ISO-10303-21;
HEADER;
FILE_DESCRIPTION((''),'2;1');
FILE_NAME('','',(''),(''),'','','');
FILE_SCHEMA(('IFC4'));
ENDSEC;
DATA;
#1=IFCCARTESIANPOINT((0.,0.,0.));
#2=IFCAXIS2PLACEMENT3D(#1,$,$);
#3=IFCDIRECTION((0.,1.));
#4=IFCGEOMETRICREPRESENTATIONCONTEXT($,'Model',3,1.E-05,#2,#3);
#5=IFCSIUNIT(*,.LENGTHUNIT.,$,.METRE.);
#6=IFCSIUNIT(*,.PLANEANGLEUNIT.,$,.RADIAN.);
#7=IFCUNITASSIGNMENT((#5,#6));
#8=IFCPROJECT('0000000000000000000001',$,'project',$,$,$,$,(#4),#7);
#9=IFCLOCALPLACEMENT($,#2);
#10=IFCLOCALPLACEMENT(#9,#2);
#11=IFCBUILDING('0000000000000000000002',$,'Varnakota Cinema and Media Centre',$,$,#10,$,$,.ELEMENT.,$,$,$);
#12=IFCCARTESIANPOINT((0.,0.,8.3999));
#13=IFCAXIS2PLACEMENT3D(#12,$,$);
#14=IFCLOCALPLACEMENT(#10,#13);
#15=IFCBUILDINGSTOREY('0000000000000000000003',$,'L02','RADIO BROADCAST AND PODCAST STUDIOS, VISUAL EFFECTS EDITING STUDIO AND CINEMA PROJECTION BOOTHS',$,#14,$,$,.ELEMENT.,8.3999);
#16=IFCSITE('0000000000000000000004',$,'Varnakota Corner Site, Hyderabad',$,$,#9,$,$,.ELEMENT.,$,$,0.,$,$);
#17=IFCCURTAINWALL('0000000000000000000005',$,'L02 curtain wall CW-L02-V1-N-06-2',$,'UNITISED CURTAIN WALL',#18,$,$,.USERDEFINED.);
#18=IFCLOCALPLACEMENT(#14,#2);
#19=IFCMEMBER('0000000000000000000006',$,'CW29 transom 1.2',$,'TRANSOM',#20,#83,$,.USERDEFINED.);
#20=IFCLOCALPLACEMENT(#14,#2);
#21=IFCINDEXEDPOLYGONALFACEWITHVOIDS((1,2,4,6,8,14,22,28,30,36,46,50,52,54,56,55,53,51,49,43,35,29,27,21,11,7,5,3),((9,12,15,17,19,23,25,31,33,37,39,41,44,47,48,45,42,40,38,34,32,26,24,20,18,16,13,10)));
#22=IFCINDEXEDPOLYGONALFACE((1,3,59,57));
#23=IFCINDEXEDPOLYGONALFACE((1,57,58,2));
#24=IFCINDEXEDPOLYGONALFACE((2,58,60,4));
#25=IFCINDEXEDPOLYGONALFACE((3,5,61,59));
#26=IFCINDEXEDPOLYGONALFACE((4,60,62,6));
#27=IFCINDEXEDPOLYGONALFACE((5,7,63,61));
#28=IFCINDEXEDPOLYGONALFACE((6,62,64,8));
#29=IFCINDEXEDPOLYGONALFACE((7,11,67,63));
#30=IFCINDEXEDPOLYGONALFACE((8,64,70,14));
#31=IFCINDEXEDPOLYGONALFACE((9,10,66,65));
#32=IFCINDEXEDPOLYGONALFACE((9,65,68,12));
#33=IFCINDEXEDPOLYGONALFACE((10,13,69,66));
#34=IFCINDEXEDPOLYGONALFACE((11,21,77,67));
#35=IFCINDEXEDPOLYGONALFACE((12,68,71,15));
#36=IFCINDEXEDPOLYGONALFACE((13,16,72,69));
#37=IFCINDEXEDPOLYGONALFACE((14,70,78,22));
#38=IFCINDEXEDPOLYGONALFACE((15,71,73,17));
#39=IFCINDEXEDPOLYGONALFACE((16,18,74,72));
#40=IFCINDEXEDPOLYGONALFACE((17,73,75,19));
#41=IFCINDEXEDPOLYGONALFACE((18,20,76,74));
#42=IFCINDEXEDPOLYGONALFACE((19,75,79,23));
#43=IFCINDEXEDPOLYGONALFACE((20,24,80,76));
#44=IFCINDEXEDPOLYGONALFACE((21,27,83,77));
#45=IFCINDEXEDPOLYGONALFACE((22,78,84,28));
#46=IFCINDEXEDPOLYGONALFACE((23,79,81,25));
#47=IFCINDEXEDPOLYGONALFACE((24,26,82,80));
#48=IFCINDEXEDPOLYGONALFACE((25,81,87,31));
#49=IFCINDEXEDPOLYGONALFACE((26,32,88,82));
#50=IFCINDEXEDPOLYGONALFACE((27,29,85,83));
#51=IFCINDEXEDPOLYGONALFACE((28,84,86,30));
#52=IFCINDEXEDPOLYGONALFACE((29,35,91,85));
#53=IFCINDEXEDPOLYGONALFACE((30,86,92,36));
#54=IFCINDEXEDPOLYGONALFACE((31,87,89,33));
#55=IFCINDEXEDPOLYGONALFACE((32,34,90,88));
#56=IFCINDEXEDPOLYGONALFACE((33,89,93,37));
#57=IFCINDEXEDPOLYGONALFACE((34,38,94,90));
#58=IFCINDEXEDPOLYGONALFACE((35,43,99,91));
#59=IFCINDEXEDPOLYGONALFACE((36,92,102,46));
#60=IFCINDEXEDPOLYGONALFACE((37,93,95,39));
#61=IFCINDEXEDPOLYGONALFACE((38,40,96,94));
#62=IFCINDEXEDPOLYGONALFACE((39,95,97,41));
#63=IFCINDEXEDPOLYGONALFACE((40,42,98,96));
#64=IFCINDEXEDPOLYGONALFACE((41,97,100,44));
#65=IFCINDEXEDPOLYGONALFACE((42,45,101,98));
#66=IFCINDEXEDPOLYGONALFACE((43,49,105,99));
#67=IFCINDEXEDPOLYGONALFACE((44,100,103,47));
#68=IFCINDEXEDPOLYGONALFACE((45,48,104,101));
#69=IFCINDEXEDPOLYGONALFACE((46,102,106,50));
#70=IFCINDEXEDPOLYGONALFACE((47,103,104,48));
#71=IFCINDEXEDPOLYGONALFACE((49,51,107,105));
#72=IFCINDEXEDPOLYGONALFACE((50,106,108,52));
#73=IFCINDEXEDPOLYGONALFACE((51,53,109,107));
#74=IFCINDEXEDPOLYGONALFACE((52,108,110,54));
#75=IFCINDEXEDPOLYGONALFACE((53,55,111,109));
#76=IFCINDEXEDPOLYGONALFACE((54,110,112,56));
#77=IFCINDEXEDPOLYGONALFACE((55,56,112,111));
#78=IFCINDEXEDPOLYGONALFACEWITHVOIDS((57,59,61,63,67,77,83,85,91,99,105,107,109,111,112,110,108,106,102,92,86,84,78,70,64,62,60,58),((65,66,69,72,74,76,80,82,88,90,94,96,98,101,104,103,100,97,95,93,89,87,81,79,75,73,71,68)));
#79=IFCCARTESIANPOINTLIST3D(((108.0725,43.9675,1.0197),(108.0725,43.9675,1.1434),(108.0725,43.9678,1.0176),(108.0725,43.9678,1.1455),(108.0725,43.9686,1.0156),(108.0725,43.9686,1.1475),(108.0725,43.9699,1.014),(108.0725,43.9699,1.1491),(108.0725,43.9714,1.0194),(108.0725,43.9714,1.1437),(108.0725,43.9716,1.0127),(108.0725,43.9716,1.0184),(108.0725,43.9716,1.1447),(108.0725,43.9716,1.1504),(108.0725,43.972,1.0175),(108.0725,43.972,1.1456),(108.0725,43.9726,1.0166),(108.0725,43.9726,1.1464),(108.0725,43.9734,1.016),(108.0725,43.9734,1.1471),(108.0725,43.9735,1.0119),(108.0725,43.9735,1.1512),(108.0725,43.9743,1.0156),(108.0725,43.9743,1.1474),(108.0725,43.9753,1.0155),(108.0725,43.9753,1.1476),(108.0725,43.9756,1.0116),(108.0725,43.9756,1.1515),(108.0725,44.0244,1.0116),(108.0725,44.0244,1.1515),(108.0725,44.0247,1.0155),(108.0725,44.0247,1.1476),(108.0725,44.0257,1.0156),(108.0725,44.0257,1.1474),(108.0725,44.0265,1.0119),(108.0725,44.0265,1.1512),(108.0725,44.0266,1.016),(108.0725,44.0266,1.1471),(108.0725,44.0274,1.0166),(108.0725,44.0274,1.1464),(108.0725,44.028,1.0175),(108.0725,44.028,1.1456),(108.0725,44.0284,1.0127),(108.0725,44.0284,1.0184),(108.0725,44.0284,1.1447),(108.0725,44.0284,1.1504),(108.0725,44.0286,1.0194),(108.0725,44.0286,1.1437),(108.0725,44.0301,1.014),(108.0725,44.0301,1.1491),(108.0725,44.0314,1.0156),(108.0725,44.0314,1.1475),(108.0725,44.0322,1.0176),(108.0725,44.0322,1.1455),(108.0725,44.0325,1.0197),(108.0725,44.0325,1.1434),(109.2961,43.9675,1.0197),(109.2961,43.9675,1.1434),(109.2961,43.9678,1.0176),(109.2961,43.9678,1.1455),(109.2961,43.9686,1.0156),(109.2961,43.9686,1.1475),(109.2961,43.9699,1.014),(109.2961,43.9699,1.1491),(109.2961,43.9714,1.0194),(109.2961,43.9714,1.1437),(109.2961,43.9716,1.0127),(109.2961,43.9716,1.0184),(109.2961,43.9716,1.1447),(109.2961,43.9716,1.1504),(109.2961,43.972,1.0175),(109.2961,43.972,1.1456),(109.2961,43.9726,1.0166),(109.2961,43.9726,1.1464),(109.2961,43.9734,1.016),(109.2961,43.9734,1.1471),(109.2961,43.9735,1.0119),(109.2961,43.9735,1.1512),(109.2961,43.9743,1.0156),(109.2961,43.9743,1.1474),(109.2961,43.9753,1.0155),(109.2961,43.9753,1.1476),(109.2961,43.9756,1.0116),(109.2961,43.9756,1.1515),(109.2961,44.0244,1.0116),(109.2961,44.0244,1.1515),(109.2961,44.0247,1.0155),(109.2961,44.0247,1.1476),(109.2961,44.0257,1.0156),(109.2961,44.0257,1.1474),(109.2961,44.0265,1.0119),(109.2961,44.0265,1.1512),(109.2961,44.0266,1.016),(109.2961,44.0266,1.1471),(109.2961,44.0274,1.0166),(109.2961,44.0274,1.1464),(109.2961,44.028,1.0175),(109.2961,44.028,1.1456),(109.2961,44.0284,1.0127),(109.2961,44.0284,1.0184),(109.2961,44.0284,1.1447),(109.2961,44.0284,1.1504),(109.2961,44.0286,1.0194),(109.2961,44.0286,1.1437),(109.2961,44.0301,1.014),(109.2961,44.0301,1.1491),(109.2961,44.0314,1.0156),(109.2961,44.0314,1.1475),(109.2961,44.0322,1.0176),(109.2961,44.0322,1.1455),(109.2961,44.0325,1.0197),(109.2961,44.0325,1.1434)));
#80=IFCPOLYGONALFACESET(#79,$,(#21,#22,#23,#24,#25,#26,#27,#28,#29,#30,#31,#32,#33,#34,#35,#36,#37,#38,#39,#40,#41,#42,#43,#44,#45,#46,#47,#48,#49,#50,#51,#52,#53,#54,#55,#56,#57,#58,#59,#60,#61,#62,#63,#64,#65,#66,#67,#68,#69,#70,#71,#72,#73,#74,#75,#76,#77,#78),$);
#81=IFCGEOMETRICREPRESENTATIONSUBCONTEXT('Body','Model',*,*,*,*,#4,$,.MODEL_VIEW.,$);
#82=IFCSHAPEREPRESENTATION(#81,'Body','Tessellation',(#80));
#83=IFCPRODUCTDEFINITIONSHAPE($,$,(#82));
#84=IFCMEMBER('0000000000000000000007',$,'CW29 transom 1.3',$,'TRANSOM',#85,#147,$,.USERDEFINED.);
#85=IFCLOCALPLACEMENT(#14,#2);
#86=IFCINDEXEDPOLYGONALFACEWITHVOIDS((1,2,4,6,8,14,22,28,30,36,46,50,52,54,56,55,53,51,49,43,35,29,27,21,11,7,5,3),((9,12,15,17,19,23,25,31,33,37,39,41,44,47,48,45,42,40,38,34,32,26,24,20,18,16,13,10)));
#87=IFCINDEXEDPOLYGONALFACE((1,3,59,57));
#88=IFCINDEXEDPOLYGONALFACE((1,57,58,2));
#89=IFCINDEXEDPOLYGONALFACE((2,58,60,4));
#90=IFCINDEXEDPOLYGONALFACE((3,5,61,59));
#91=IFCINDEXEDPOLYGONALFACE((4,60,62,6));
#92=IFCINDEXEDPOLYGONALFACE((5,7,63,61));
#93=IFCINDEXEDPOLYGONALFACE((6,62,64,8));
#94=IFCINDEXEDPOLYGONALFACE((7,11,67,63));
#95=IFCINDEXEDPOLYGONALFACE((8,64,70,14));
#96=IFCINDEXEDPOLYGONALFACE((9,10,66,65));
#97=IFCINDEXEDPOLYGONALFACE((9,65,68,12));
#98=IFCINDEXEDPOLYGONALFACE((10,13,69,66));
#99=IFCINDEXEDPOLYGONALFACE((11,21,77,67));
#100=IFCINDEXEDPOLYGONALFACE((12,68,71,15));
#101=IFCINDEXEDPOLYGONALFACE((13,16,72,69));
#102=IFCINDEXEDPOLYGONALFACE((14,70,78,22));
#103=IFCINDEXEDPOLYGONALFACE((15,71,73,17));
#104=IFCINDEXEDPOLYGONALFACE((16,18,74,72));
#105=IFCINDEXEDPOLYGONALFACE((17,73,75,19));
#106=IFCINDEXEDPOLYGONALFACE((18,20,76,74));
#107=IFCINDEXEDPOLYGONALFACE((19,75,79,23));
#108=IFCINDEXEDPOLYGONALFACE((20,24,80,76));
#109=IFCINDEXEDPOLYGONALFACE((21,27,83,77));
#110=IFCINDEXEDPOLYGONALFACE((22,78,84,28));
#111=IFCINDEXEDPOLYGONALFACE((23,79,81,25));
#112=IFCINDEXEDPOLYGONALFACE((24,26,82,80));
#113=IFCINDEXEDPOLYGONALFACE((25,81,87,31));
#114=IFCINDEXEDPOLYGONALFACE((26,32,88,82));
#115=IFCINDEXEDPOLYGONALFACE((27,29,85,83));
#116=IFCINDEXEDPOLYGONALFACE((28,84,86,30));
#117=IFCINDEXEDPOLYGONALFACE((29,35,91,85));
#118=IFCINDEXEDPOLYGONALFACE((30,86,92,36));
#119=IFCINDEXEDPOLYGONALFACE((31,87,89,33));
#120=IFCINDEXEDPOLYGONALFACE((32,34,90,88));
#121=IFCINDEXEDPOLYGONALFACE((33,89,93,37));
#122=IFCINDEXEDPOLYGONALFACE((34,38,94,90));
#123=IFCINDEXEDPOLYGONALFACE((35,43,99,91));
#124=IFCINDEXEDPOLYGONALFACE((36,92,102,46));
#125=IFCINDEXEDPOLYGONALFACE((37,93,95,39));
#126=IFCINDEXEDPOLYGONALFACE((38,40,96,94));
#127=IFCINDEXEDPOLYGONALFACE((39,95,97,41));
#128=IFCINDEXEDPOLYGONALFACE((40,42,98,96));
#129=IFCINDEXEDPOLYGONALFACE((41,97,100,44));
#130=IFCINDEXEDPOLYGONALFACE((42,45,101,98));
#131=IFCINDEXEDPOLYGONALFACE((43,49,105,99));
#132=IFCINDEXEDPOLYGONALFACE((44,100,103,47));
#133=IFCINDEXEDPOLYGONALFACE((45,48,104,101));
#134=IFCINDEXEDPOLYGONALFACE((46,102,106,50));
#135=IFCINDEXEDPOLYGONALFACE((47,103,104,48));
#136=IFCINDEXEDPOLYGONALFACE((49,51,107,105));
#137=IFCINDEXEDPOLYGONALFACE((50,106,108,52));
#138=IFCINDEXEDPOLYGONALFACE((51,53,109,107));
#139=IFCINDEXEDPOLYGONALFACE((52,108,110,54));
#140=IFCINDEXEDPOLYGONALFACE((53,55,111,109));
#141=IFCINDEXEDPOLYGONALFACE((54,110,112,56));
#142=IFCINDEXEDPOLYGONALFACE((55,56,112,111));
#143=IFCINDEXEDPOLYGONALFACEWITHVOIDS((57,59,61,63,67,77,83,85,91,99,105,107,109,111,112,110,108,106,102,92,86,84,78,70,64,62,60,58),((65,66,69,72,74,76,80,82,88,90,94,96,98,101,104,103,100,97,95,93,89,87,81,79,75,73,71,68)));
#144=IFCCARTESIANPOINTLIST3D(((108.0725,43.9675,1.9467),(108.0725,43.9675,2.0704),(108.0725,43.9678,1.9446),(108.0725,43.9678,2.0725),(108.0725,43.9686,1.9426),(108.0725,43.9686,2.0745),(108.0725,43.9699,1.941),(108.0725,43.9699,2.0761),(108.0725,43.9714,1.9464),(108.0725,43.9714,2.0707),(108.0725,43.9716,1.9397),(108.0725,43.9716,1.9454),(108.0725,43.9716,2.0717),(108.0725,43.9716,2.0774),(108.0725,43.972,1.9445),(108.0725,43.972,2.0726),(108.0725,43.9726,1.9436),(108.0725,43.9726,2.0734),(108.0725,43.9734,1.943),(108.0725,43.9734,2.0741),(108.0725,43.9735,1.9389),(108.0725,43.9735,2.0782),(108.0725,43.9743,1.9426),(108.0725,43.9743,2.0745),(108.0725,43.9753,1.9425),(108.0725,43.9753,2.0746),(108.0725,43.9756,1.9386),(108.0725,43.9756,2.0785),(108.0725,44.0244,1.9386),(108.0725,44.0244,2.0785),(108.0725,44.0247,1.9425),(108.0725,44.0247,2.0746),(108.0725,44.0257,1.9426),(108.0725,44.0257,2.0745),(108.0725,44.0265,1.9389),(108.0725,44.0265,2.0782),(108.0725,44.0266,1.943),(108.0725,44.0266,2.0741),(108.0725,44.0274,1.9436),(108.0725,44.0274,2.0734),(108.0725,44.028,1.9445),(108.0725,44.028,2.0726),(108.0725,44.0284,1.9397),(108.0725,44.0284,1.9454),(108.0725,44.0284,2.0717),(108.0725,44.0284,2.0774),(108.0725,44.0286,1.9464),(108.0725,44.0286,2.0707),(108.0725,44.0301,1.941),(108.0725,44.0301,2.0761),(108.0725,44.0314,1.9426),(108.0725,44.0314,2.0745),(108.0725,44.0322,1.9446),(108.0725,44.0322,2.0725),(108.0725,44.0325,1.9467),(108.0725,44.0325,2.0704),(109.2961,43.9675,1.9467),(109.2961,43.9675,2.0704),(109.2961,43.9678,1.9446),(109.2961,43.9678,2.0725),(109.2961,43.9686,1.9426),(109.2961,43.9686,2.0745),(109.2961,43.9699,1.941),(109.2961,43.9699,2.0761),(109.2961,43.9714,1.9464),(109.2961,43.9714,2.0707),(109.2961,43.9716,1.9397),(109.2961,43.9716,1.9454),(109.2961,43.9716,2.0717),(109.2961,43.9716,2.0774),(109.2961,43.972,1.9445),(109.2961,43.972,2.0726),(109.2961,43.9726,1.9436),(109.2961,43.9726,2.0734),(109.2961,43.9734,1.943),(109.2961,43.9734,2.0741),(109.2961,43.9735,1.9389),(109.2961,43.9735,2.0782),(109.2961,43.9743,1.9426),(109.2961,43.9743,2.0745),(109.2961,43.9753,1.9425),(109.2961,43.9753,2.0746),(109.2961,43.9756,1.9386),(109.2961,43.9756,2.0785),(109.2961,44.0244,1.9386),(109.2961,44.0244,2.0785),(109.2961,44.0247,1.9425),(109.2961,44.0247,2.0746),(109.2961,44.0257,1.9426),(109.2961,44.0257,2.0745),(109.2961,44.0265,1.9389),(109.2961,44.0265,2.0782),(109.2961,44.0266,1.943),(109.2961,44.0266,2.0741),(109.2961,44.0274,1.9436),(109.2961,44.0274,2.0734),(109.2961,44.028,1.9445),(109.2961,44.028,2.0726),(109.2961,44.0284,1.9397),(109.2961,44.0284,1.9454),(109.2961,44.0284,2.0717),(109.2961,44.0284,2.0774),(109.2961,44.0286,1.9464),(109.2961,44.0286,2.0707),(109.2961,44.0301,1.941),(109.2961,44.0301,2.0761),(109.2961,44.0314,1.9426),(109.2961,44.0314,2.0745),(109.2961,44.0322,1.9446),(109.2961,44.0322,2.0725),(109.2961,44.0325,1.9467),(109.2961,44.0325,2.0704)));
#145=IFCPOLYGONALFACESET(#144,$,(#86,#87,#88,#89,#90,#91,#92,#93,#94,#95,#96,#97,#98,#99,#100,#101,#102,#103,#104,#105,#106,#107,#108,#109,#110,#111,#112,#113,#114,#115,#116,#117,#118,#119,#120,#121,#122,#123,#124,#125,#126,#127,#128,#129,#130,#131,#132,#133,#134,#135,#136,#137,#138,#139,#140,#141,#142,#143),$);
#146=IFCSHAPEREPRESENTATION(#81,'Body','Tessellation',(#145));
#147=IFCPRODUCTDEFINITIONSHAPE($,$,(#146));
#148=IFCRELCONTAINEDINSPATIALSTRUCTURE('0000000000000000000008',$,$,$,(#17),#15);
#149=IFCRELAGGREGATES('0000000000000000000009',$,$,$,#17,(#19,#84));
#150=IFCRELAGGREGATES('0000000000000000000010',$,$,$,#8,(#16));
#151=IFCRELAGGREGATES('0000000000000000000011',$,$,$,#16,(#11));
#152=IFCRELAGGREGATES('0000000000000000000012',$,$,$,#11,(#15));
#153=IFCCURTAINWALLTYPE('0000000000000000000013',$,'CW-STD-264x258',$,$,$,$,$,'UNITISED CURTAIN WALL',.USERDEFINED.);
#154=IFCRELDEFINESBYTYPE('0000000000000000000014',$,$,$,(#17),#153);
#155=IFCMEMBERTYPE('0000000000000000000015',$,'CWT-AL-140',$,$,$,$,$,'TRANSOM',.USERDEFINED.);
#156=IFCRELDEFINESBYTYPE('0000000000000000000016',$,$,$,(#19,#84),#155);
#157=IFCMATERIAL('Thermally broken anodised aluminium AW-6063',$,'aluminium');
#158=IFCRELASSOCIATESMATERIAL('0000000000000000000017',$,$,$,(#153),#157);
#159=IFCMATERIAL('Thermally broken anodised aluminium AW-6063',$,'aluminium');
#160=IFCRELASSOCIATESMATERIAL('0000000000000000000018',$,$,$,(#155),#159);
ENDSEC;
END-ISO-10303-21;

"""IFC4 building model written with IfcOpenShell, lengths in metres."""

from ifc_helpers import new_model, si_unit, direction, frame, origin, origin_2d, place, context, subcontext, project, spatial, hollow_rectangle, extrude, material, material_profile, profile_set, type_object, element, aggregate, save


model = new_model("IFC4")

# Units and contexts
model_context = context("Model", 3, precision=1e-05, world=origin(), true_north=direction((0.0, 1.0)))
body_context = subcontext(model_context, "Body", "Model", "MODEL_VIEW")
ifc_project = project(units=[si_unit("LENGTHUNIT", "METRE"), si_unit("PLANEANGLEUNIT", "RADIAN")], contexts=[model_context])

# Site, building, storey
site_placement = place(None, origin())
site = spatial("IfcSite", under=ifc_project, at=site_placement, Name="Varnakota Corner Site, Hyderabad", CompositionType="ELEMENT", RefElevation=0.0)
building_placement = place(site_placement, origin())
building = spatial("IfcBuilding", under=site, at=building_placement, Name="Varnakota Cinema and Media Centre", CompositionType="ELEMENT")
storey_placement = place(building_placement, frame((0.0, 0.0, 8.3999)))
storey = spatial("IfcBuildingStorey", under=building, at=storey_placement, Name="L02", Description="RADIO BROADCAST AND PODCAST STUDIOS, VISUAL EFFECTS EDITING STUDIO AND CINEMA PROJECTION BOOTHS", CompositionType="ELEMENT", Elevation=8.3999)

# Shared definitions
ifc_material_1 = material(Name="Thermally broken anodised aluminium AW-6063", Category="aluminium")
curtain_wall_type = type_object("IfcCurtainWallType", Name="CW-STD-264x258", ElementType="UNITISED CURTAIN WALL", PredefinedType="USERDEFINED", material=ifc_material_1)

# Curtain wall
curtain_wall_1_placement = place(storey_placement, origin())
curtain_wall_1 = element("IfcCurtainWall", 1, at=curtain_wall_1_placement, inside=storey, type_object=curtain_wall_type, Name="L02 curtain wall CW-L02-V1-N-06-2", ObjectType="UNITISED CURTAIN WALL", PredefinedType="USERDEFINED")

# Members
ifc_material_2 = material(Name="Thermally broken anodised aluminium AW-6063", Category="aluminium")
ifc_material_profile_1 = material_profile(ifc_material_2, hollow_rectangle(XDim=0.0649, YDim=0.1399, WallThickness=0.0039, InnerFilletRadius=0.0039, OuterFilletRadius=0.0081, at=origin_2d()), Name="AL-TRANSOM 140x65x4")
ifc_profile_set_1 = profile_set([ifc_material_profile_1], Name="Thermally broken anodised aluminium AW-6063")
member_type_1 = type_object("IfcMemberType", Name="CWT-AL-140", ElementType="TRANSOM", PredefinedType="USERDEFINED", material=ifc_profile_set_1)
member_1_placement = place(storey_placement, frame((108.0725, 44.0, 1.0815), z_axis=(1.0, 0.0, 0.0), x_axis=(0.0, 1.0, 0.0)))
member_1 = element("IfcMember", 2, at=member_1_placement, type_object=member_type_1, Name="CW29 transom 1.2", ObjectType="TRANSOM", PredefinedType="USERDEFINED", context=body_context, shape_type="SweptSolid", body=[
    extrude(hollow_rectangle(XDim=0.0649, YDim=0.1399, WallThickness=0.0039, InnerFilletRadius=0.0039, OuterFilletRadius=0.0081, at=origin_2d()), origin(), (0.0, 0.0, 1.0), 1.2236),
])
member_2_placement = place(storey_placement, frame((108.0725, 44.0, 2.0085), z_axis=(1.0, 0.0, 0.0), x_axis=(0.0, 1.0, 0.0)))
member_2 = element("IfcMember", 3, at=member_2_placement, type_object=member_type_1, Name="CW29 transom 1.3", ObjectType="TRANSOM", PredefinedType="USERDEFINED", context=body_context, shape_type="SweptSolid", body=[
    extrude(hollow_rectangle(XDim=0.0649, YDim=0.1399, WallThickness=0.0039, InnerFilletRadius=0.0039, OuterFilletRadius=0.0081, at=origin_2d()), origin(), (0.0, 0.0, 1.0), 1.2236),
])

aggregate(curtain_wall_1, [member_1, member_2])

save(model, "model.ifc")
